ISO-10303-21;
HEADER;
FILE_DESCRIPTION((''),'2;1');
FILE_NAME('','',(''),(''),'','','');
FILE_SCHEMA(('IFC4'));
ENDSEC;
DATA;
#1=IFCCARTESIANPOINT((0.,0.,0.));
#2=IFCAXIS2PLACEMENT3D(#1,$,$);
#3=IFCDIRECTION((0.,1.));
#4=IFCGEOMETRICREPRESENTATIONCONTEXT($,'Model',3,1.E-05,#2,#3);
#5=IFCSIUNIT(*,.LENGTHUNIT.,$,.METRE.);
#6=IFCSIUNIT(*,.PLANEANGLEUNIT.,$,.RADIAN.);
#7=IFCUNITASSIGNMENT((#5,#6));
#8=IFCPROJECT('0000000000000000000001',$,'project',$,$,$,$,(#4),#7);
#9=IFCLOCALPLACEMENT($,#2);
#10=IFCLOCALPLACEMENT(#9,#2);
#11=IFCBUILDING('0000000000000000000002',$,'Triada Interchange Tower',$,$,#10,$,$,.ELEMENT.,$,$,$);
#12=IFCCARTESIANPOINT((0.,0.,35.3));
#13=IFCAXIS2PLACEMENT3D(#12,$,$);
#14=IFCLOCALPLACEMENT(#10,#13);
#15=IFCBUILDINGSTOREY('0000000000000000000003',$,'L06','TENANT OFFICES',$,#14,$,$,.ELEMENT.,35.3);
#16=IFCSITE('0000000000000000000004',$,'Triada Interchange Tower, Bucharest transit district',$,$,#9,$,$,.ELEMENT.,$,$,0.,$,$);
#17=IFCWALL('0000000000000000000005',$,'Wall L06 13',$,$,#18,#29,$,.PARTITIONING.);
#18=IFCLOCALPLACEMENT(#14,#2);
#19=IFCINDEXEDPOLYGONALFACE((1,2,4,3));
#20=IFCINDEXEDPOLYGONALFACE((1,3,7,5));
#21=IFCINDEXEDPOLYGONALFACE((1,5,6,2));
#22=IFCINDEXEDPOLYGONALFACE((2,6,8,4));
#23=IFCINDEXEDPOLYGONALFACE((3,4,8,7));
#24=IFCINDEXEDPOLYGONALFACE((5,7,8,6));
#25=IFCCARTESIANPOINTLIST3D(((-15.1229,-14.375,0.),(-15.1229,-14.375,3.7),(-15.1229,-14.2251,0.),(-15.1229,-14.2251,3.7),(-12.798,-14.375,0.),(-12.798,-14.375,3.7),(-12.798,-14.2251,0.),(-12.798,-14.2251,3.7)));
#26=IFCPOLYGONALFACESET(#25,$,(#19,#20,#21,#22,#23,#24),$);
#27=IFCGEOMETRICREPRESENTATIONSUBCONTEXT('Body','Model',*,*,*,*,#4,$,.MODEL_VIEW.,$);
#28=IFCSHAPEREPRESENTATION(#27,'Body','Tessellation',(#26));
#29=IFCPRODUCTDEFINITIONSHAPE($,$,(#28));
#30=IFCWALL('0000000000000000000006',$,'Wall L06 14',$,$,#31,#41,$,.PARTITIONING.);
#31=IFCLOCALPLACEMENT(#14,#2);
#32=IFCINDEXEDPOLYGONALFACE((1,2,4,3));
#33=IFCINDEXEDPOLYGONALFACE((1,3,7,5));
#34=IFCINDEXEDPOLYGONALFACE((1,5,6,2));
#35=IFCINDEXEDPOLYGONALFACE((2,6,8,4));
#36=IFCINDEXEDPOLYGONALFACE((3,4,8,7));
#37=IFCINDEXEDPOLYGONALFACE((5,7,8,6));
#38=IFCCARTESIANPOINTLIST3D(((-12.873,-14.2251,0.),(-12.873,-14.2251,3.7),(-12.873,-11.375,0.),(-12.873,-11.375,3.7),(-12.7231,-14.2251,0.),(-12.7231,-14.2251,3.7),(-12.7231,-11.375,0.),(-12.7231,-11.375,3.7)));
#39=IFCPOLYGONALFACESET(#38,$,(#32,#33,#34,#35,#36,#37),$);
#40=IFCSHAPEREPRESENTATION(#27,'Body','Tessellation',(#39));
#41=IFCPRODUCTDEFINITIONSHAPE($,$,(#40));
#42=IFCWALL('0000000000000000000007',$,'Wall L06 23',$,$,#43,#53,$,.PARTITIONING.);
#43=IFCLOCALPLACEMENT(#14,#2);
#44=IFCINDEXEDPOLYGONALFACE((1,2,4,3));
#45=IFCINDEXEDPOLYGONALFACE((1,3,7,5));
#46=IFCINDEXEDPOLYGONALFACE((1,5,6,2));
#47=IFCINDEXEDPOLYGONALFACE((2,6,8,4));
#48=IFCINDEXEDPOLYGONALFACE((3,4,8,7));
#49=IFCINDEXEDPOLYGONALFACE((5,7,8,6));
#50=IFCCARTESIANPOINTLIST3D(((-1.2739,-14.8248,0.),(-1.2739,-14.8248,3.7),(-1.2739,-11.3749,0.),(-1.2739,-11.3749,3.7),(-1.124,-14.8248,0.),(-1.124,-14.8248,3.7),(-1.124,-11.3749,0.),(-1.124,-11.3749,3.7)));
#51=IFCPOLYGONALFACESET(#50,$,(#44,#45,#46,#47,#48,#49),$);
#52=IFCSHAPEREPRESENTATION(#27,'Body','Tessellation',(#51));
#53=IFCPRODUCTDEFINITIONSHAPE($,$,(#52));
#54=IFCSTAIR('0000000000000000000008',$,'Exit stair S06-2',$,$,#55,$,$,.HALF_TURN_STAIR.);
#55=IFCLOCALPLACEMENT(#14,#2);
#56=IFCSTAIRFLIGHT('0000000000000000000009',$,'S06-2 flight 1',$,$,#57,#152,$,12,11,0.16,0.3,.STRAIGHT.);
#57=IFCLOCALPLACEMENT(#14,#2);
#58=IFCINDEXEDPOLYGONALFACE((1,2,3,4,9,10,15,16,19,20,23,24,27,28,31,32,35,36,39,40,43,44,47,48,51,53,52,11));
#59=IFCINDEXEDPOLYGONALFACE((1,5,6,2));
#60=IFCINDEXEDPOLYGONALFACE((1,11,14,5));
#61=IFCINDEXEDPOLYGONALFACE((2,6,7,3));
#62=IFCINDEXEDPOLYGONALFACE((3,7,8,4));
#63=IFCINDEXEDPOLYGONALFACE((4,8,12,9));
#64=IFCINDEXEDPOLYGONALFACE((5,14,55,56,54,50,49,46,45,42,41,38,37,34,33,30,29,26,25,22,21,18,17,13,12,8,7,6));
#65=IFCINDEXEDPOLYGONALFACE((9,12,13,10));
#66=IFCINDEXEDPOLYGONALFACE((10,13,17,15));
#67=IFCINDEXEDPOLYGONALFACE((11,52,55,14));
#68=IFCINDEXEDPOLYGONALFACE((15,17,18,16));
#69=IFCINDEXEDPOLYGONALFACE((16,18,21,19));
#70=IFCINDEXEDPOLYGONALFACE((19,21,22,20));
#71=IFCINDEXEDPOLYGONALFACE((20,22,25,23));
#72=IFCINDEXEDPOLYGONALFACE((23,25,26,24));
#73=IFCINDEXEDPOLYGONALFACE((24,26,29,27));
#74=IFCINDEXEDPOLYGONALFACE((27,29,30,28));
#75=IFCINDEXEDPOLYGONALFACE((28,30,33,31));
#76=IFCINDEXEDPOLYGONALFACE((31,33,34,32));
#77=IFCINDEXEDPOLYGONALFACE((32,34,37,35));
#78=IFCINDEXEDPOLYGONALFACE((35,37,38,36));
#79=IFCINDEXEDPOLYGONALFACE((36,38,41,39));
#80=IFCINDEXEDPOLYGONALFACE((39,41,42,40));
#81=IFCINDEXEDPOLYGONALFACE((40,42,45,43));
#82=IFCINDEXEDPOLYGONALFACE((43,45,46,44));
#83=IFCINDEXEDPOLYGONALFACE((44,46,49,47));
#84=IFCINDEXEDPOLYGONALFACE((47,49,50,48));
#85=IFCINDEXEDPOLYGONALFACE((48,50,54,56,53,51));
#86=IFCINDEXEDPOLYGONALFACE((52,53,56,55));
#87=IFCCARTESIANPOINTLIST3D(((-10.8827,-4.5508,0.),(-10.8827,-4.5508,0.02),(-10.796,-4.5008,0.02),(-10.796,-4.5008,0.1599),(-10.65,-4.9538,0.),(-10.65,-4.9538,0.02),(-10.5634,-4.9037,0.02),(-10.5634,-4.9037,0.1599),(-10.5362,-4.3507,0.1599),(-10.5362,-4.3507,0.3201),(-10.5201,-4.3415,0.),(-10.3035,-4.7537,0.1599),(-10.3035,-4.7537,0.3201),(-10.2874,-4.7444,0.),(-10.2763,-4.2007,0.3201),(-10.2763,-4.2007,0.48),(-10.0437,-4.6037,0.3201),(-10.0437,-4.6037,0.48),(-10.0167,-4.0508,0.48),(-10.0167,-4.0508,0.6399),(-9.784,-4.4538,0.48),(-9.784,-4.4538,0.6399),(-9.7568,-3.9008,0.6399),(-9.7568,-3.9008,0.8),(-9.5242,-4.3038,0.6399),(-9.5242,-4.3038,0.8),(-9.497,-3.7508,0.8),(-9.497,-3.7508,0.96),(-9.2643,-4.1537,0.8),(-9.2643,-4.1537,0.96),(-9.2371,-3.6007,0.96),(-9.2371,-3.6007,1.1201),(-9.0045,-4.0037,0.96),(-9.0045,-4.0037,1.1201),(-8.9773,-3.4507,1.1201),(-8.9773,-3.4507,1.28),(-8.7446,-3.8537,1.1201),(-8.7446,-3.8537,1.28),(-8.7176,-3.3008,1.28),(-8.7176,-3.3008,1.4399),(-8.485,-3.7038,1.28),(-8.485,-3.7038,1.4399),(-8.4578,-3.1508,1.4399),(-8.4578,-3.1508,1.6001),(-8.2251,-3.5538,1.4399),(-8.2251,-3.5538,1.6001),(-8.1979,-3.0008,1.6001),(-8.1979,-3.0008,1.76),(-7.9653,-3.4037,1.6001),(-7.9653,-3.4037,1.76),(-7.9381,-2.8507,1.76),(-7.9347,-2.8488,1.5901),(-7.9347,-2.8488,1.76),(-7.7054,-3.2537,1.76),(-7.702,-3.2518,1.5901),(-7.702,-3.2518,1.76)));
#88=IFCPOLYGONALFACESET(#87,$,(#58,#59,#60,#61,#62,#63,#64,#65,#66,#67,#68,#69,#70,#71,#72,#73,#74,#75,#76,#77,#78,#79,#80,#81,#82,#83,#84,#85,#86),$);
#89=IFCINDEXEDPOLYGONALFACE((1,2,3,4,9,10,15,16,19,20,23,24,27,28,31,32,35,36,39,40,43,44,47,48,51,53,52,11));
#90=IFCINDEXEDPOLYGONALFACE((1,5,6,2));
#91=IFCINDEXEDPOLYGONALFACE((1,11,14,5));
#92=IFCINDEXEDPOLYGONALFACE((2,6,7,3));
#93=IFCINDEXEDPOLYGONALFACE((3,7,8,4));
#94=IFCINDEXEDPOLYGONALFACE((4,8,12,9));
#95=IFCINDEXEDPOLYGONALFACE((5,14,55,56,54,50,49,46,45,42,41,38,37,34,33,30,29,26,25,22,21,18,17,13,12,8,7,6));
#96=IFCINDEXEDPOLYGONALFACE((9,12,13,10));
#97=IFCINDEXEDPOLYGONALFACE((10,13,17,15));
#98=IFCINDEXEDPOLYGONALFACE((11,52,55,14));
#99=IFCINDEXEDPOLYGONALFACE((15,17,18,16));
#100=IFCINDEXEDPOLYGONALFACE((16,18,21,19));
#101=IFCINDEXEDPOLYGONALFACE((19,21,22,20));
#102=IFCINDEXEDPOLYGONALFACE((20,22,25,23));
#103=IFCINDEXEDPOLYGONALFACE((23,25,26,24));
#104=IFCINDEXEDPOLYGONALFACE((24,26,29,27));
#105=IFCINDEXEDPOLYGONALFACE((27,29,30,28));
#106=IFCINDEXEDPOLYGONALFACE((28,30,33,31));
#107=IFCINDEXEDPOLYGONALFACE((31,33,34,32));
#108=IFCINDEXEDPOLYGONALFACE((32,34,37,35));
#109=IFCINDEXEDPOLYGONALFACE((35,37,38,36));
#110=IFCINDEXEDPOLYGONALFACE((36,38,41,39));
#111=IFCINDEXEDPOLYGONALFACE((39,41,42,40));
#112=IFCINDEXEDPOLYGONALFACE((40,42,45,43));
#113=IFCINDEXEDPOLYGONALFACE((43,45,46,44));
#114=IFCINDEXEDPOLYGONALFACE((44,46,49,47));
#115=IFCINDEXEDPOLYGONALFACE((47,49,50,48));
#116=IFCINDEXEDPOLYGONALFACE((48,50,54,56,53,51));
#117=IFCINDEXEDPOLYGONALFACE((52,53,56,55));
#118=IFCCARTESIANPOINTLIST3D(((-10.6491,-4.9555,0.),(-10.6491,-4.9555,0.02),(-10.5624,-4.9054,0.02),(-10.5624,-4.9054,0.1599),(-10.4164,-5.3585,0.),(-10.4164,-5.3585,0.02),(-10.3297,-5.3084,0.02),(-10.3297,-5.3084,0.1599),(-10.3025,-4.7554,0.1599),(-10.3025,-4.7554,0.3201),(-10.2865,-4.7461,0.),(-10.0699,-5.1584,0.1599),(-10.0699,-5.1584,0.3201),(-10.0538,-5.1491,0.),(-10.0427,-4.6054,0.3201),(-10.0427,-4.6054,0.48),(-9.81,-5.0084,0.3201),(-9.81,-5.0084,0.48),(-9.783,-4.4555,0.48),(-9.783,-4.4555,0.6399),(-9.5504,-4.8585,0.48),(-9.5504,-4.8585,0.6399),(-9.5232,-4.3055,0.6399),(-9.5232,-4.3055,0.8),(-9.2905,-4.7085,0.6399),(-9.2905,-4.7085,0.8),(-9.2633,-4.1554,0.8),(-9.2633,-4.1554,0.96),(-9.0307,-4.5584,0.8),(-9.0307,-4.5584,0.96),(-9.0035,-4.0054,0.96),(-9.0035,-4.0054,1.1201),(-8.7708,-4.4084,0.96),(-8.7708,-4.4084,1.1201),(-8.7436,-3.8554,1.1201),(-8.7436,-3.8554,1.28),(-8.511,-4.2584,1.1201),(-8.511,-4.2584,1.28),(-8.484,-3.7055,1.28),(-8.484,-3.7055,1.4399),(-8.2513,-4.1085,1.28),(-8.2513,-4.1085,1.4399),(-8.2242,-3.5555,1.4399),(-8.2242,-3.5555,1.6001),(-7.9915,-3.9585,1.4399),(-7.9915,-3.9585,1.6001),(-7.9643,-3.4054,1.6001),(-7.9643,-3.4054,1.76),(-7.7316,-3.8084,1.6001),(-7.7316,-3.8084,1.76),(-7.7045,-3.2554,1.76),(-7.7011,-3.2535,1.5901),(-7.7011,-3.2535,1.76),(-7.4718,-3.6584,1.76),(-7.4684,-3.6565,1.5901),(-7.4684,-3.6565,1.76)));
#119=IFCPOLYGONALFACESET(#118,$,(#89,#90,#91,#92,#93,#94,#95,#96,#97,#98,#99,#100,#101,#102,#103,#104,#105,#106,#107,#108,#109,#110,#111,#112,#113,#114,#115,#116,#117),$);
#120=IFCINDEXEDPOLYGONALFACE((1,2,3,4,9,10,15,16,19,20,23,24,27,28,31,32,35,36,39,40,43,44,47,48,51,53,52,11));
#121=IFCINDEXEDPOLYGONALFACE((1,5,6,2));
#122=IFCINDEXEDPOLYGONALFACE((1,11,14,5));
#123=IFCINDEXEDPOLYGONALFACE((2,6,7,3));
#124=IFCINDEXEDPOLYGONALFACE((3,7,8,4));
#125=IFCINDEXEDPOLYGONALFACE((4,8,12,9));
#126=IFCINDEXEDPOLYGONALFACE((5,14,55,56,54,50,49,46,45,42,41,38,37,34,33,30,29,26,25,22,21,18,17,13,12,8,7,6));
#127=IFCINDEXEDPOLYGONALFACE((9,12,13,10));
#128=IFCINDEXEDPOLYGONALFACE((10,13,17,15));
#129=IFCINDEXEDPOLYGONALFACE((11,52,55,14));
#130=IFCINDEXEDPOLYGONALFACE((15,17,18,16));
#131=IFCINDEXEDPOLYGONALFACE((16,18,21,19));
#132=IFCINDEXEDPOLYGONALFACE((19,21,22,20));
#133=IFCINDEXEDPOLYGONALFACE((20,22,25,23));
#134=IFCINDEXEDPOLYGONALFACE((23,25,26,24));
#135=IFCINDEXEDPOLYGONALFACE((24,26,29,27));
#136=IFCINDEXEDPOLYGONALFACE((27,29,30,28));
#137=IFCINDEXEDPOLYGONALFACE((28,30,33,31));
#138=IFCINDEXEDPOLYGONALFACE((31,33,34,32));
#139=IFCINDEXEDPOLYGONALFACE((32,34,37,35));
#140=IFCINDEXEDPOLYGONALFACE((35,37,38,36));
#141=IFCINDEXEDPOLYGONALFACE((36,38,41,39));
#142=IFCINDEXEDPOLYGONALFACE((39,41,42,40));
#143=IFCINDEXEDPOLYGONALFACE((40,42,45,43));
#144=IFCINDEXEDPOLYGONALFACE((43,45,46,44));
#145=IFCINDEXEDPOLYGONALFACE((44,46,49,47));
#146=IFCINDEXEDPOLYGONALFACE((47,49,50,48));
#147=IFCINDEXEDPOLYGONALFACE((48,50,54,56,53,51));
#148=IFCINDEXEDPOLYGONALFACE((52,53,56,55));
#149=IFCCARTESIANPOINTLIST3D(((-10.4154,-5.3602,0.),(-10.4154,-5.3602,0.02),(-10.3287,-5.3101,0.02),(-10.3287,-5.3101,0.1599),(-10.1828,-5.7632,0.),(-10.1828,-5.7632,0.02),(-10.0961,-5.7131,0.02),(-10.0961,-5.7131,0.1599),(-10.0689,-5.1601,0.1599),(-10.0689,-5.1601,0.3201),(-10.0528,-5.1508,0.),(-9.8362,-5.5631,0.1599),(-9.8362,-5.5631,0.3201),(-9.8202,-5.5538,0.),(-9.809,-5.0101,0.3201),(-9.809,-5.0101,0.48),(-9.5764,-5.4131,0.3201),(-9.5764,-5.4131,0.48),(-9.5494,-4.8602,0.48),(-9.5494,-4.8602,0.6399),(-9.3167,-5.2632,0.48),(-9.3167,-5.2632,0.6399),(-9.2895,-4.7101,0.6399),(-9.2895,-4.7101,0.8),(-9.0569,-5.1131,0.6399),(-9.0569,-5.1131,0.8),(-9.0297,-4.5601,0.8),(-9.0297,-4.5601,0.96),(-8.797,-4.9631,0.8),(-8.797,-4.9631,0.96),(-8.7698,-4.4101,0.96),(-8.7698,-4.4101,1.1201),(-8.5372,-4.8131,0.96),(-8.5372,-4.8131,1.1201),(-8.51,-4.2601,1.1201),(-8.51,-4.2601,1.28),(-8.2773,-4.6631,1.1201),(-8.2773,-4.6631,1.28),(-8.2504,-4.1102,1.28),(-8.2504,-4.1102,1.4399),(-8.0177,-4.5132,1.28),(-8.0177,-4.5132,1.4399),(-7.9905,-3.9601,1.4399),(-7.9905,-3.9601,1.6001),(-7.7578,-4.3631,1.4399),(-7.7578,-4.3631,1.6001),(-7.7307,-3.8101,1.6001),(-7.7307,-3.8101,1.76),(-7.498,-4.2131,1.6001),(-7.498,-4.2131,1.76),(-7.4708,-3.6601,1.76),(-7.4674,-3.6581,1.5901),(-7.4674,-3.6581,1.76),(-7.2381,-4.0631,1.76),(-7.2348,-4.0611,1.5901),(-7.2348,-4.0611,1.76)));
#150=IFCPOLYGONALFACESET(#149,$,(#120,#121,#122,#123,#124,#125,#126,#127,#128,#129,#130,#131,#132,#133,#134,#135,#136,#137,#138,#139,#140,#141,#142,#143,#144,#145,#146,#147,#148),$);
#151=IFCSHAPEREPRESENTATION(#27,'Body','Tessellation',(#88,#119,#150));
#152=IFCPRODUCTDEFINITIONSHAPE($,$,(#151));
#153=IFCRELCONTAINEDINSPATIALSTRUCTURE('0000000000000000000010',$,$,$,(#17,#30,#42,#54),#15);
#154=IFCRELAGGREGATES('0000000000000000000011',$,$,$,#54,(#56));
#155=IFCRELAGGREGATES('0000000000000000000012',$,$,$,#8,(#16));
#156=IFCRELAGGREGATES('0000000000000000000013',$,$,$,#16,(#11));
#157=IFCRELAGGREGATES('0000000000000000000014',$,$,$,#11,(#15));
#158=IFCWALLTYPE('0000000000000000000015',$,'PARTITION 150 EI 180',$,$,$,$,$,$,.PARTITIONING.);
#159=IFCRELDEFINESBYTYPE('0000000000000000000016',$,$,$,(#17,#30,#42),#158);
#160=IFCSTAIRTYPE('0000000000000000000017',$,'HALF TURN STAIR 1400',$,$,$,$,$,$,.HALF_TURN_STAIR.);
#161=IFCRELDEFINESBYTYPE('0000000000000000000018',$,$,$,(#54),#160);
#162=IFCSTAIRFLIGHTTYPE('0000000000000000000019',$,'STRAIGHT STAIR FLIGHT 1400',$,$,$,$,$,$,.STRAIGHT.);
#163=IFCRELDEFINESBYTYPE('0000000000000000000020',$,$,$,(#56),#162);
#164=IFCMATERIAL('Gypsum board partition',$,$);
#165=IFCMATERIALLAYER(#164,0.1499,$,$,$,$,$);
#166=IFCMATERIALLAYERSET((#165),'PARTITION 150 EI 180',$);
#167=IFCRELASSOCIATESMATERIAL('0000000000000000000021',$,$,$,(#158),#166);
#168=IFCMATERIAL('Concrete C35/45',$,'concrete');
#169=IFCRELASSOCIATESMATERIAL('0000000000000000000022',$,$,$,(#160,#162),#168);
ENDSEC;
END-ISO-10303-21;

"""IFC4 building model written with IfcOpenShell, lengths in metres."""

from ifc_helpers import new_model, si_unit, direction, frame, frame_2d, origin, place, context, subcontext, project, spatial, polyline, rectangle, outline, extrude, material, layer, layer_set, type_object, element, aggregate, save


model = new_model("IFC4")

# Units and contexts
model_context = context("Model", 3, precision=1e-05, world=origin(), true_north=direction((0.0, 1.0)))
body_context = subcontext(model_context, "Body", "Model", "MODEL_VIEW")
ifc_project = project(units=[si_unit("LENGTHUNIT", "METRE"), si_unit("PLANEANGLEUNIT", "RADIAN")], contexts=[model_context])

# Site, building, storey
site_placement = place(None, origin())
site = spatial("IfcSite", under=ifc_project, at=site_placement, Name="Triada Interchange Tower, Bucharest transit district", CompositionType="ELEMENT", RefElevation=0.0)
building_placement = place(site_placement, origin())
building = spatial("IfcBuilding", under=site, at=building_placement, Name="Triada Interchange Tower", CompositionType="ELEMENT")
storey_placement = place(building_placement, frame((0.0, 0.0, 35.3)))
storey = spatial("IfcBuildingStorey", under=building, at=storey_placement, Name="L06", Description="TENANT OFFICES", CompositionType="ELEMENT", Elevation=35.3)

# Walls
ifc_material_1 = material(Name="Gypsum board partition")
ifc_layer_1 = layer(ifc_material_1, 0.1499)
ifc_layer_set_1 = layer_set([ifc_layer_1], Name="PARTITION 150 EI 180")
wall_type_1 = type_object("IfcWallType", Name="PARTITION 150 EI 180", PredefinedType="PARTITIONING", material=ifc_layer_set_1)
wall_1_placement = place(storey_placement, frame((-15.123, -14.3, 0.0), z_axis=(0.0, 0.0, 1.0), x_axis=(1.0, 0.0, 0.0)))
element("IfcWall", 1, at=wall_1_placement, inside=storey, type_object=wall_type_1, Name="Wall L06 13", PredefinedType="PARTITIONING", context=body_context, shape_type="SweptSolid", body=[
    extrude(rectangle(XDim=2.325, YDim=0.1499, at=frame_2d((1.1626, 0.0))), origin(), (0.0, 0.0, 1.0), 3.7),
])
wall_2_placement = place(storey_placement, frame((-12.7981, -14.2251, 0.0), z_axis=(0.0, 0.0, 1.0), x_axis=(0.0, 1.0, 0.0)))
element("IfcWall", 2, at=wall_2_placement, inside=storey, type_object=wall_type_1, Name="Wall L06 14", PredefinedType="PARTITIONING", context=body_context, shape_type="SweptSolid", body=[
    extrude(rectangle(XDim=2.8501, YDim=0.1499, at=frame_2d((1.425, 0.0))), origin(), (0.0, 0.0, 1.0), 3.7),
])
wall_3_placement = place(storey_placement, frame((-1.199, -14.825, 0.0), z_axis=(0.0, 0.0, 1.0), x_axis=(0.0, 1.0, 0.0)))
element("IfcWall", 3, at=wall_3_placement, inside=storey, type_object=wall_type_1, Name="Wall L06 23", PredefinedType="PARTITIONING", context=body_context, shape_type="SweptSolid", body=[
    extrude(rectangle(XDim=3.45, YDim=0.1499, at=frame_2d((1.7251, 0.0))), origin(), (0.0, 0.0, 1.0), 3.7),
])

# Stair, stair flight
ifc_material_2 = material(Name="Concrete C35/45", Category="concrete")
stair_type = type_object("IfcStairType", Name="HALF TURN STAIR 1400", PredefinedType="HALF_TURN_STAIR", material=ifc_material_2)
stair_placement = place(storey_placement, origin())
stair = element("IfcStair", 4, at=stair_placement, inside=storey, type_object=stair_type, Name="Exit stair S06-2", PredefinedType="HALF_TURN_STAIR")
stair_flight_type = type_object("IfcStairFlightType", Name="STRAIGHT STAIR FLIGHT 1400", PredefinedType="STRAIGHT", material=ifc_material_2)
stair_flight_1_placement = place(storey_placement, frame((-10.446, -5.1069, 0.0), z_axis=(0.0, 0.0, 1.0), x_axis=(0.866025, 0.5, 0.0)))
stair_flight_1 = element("IfcStairFlight", 5, at=stair_flight_1_placement, type_object=stair_flight_type, Name="S06-2 flight 1", NumberOfRisers=12, NumberOfTreads=11, PredefinedType="STRAIGHT", RiserHeight=0.16, TreadLength=0.3, context=body_context, shape_type="SweptSolid", body=[
    extrude(outline(polyline([(-0.1001, 0.0), (-0.1001, 0.02), (0.0, 0.02), (0.0, 0.1599), (0.3, 0.1599), (0.3, 0.3201), (0.6001, 0.3201), (0.6001, 0.48), (0.8999, 0.48), (0.8999, 0.6399), (1.2, 0.6399), (1.2, 0.8), (1.5, 0.8), (1.5, 0.96), (1.8, 0.96), (1.8, 1.1201), (2.1001, 1.1201), (2.1001, 1.28), (2.3999, 1.28), (2.3999, 1.4399), (2.7, 1.4399), (2.7, 1.6001), (3.0, 1.6001), (3.0, 1.76), (3.3, 1.76), (3.304, 1.76), (3.304, 1.9199), (3.304, 1.5901), (0.3186, 0.0), (-0.1001, 0.0)])), frame((0.0, 0.7, 0.0), z_axis=(0.0, -1.0, 0.0), x_axis=(1.0, 0.0, 0.0)), (0.0, 0.0, 1.0), 0.4653),
    extrude(outline(polyline([(-0.1001, 0.0), (-0.1001, 0.02), (0.0, 0.02), (0.0, 0.1599), (0.3, 0.1599), (0.3, 0.3201), (0.6001, 0.3201), (0.6001, 0.48), (0.8999, 0.48), (0.8999, 0.6399), (1.2, 0.6399), (1.2, 0.8), (1.5, 0.8), (1.5, 0.96), (1.8, 0.96), (1.8, 1.1201), (2.1001, 1.1201), (2.1001, 1.28), (2.3999, 1.28), (2.3999, 1.4399), (2.7, 1.4399), (2.7, 1.6001), (3.0, 1.6001), (3.0, 1.76), (3.3, 1.76), (3.304, 1.76), (3.304, 1.9199), (3.304, 1.5901), (0.3186, 0.0), (-0.1001, 0.0)])), frame((0.0, 0.2327, 0.0), z_axis=(0.0, -1.0, 0.0), x_axis=(1.0, 0.0, 0.0)), (0.0, 0.0, 1.0), 0.4653),
    extrude(outline(polyline([(-0.1001, 0.0), (-0.1001, 0.02), (0.0, 0.02), (0.0, 0.1599), (0.3, 0.1599), (0.3, 0.3201), (0.6001, 0.3201), (0.6001, 0.48), (0.8999, 0.48), (0.8999, 0.6399), (1.2, 0.6399), (1.2, 0.8), (1.5, 0.8), (1.5, 0.96), (1.8, 0.96), (1.8, 1.1201), (2.1001, 1.1201), (2.1001, 1.28), (2.3999, 1.28), (2.3999, 1.4399), (2.7, 1.4399), (2.7, 1.6001), (3.0, 1.6001), (3.0, 1.76), (3.3, 1.76), (3.304, 1.76), (3.304, 1.9199), (3.304, 1.5901), (0.3186, 0.0), (-0.1001, 0.0)])), frame((0.0, -0.2346, 0.0), z_axis=(0.0, -1.0, 0.0), x_axis=(1.0, 0.0, 0.0)), (0.0, 0.0, 1.0), 0.4653),
])
aggregate(stair, [stair_flight_1])

save(model, "model.ifc")
